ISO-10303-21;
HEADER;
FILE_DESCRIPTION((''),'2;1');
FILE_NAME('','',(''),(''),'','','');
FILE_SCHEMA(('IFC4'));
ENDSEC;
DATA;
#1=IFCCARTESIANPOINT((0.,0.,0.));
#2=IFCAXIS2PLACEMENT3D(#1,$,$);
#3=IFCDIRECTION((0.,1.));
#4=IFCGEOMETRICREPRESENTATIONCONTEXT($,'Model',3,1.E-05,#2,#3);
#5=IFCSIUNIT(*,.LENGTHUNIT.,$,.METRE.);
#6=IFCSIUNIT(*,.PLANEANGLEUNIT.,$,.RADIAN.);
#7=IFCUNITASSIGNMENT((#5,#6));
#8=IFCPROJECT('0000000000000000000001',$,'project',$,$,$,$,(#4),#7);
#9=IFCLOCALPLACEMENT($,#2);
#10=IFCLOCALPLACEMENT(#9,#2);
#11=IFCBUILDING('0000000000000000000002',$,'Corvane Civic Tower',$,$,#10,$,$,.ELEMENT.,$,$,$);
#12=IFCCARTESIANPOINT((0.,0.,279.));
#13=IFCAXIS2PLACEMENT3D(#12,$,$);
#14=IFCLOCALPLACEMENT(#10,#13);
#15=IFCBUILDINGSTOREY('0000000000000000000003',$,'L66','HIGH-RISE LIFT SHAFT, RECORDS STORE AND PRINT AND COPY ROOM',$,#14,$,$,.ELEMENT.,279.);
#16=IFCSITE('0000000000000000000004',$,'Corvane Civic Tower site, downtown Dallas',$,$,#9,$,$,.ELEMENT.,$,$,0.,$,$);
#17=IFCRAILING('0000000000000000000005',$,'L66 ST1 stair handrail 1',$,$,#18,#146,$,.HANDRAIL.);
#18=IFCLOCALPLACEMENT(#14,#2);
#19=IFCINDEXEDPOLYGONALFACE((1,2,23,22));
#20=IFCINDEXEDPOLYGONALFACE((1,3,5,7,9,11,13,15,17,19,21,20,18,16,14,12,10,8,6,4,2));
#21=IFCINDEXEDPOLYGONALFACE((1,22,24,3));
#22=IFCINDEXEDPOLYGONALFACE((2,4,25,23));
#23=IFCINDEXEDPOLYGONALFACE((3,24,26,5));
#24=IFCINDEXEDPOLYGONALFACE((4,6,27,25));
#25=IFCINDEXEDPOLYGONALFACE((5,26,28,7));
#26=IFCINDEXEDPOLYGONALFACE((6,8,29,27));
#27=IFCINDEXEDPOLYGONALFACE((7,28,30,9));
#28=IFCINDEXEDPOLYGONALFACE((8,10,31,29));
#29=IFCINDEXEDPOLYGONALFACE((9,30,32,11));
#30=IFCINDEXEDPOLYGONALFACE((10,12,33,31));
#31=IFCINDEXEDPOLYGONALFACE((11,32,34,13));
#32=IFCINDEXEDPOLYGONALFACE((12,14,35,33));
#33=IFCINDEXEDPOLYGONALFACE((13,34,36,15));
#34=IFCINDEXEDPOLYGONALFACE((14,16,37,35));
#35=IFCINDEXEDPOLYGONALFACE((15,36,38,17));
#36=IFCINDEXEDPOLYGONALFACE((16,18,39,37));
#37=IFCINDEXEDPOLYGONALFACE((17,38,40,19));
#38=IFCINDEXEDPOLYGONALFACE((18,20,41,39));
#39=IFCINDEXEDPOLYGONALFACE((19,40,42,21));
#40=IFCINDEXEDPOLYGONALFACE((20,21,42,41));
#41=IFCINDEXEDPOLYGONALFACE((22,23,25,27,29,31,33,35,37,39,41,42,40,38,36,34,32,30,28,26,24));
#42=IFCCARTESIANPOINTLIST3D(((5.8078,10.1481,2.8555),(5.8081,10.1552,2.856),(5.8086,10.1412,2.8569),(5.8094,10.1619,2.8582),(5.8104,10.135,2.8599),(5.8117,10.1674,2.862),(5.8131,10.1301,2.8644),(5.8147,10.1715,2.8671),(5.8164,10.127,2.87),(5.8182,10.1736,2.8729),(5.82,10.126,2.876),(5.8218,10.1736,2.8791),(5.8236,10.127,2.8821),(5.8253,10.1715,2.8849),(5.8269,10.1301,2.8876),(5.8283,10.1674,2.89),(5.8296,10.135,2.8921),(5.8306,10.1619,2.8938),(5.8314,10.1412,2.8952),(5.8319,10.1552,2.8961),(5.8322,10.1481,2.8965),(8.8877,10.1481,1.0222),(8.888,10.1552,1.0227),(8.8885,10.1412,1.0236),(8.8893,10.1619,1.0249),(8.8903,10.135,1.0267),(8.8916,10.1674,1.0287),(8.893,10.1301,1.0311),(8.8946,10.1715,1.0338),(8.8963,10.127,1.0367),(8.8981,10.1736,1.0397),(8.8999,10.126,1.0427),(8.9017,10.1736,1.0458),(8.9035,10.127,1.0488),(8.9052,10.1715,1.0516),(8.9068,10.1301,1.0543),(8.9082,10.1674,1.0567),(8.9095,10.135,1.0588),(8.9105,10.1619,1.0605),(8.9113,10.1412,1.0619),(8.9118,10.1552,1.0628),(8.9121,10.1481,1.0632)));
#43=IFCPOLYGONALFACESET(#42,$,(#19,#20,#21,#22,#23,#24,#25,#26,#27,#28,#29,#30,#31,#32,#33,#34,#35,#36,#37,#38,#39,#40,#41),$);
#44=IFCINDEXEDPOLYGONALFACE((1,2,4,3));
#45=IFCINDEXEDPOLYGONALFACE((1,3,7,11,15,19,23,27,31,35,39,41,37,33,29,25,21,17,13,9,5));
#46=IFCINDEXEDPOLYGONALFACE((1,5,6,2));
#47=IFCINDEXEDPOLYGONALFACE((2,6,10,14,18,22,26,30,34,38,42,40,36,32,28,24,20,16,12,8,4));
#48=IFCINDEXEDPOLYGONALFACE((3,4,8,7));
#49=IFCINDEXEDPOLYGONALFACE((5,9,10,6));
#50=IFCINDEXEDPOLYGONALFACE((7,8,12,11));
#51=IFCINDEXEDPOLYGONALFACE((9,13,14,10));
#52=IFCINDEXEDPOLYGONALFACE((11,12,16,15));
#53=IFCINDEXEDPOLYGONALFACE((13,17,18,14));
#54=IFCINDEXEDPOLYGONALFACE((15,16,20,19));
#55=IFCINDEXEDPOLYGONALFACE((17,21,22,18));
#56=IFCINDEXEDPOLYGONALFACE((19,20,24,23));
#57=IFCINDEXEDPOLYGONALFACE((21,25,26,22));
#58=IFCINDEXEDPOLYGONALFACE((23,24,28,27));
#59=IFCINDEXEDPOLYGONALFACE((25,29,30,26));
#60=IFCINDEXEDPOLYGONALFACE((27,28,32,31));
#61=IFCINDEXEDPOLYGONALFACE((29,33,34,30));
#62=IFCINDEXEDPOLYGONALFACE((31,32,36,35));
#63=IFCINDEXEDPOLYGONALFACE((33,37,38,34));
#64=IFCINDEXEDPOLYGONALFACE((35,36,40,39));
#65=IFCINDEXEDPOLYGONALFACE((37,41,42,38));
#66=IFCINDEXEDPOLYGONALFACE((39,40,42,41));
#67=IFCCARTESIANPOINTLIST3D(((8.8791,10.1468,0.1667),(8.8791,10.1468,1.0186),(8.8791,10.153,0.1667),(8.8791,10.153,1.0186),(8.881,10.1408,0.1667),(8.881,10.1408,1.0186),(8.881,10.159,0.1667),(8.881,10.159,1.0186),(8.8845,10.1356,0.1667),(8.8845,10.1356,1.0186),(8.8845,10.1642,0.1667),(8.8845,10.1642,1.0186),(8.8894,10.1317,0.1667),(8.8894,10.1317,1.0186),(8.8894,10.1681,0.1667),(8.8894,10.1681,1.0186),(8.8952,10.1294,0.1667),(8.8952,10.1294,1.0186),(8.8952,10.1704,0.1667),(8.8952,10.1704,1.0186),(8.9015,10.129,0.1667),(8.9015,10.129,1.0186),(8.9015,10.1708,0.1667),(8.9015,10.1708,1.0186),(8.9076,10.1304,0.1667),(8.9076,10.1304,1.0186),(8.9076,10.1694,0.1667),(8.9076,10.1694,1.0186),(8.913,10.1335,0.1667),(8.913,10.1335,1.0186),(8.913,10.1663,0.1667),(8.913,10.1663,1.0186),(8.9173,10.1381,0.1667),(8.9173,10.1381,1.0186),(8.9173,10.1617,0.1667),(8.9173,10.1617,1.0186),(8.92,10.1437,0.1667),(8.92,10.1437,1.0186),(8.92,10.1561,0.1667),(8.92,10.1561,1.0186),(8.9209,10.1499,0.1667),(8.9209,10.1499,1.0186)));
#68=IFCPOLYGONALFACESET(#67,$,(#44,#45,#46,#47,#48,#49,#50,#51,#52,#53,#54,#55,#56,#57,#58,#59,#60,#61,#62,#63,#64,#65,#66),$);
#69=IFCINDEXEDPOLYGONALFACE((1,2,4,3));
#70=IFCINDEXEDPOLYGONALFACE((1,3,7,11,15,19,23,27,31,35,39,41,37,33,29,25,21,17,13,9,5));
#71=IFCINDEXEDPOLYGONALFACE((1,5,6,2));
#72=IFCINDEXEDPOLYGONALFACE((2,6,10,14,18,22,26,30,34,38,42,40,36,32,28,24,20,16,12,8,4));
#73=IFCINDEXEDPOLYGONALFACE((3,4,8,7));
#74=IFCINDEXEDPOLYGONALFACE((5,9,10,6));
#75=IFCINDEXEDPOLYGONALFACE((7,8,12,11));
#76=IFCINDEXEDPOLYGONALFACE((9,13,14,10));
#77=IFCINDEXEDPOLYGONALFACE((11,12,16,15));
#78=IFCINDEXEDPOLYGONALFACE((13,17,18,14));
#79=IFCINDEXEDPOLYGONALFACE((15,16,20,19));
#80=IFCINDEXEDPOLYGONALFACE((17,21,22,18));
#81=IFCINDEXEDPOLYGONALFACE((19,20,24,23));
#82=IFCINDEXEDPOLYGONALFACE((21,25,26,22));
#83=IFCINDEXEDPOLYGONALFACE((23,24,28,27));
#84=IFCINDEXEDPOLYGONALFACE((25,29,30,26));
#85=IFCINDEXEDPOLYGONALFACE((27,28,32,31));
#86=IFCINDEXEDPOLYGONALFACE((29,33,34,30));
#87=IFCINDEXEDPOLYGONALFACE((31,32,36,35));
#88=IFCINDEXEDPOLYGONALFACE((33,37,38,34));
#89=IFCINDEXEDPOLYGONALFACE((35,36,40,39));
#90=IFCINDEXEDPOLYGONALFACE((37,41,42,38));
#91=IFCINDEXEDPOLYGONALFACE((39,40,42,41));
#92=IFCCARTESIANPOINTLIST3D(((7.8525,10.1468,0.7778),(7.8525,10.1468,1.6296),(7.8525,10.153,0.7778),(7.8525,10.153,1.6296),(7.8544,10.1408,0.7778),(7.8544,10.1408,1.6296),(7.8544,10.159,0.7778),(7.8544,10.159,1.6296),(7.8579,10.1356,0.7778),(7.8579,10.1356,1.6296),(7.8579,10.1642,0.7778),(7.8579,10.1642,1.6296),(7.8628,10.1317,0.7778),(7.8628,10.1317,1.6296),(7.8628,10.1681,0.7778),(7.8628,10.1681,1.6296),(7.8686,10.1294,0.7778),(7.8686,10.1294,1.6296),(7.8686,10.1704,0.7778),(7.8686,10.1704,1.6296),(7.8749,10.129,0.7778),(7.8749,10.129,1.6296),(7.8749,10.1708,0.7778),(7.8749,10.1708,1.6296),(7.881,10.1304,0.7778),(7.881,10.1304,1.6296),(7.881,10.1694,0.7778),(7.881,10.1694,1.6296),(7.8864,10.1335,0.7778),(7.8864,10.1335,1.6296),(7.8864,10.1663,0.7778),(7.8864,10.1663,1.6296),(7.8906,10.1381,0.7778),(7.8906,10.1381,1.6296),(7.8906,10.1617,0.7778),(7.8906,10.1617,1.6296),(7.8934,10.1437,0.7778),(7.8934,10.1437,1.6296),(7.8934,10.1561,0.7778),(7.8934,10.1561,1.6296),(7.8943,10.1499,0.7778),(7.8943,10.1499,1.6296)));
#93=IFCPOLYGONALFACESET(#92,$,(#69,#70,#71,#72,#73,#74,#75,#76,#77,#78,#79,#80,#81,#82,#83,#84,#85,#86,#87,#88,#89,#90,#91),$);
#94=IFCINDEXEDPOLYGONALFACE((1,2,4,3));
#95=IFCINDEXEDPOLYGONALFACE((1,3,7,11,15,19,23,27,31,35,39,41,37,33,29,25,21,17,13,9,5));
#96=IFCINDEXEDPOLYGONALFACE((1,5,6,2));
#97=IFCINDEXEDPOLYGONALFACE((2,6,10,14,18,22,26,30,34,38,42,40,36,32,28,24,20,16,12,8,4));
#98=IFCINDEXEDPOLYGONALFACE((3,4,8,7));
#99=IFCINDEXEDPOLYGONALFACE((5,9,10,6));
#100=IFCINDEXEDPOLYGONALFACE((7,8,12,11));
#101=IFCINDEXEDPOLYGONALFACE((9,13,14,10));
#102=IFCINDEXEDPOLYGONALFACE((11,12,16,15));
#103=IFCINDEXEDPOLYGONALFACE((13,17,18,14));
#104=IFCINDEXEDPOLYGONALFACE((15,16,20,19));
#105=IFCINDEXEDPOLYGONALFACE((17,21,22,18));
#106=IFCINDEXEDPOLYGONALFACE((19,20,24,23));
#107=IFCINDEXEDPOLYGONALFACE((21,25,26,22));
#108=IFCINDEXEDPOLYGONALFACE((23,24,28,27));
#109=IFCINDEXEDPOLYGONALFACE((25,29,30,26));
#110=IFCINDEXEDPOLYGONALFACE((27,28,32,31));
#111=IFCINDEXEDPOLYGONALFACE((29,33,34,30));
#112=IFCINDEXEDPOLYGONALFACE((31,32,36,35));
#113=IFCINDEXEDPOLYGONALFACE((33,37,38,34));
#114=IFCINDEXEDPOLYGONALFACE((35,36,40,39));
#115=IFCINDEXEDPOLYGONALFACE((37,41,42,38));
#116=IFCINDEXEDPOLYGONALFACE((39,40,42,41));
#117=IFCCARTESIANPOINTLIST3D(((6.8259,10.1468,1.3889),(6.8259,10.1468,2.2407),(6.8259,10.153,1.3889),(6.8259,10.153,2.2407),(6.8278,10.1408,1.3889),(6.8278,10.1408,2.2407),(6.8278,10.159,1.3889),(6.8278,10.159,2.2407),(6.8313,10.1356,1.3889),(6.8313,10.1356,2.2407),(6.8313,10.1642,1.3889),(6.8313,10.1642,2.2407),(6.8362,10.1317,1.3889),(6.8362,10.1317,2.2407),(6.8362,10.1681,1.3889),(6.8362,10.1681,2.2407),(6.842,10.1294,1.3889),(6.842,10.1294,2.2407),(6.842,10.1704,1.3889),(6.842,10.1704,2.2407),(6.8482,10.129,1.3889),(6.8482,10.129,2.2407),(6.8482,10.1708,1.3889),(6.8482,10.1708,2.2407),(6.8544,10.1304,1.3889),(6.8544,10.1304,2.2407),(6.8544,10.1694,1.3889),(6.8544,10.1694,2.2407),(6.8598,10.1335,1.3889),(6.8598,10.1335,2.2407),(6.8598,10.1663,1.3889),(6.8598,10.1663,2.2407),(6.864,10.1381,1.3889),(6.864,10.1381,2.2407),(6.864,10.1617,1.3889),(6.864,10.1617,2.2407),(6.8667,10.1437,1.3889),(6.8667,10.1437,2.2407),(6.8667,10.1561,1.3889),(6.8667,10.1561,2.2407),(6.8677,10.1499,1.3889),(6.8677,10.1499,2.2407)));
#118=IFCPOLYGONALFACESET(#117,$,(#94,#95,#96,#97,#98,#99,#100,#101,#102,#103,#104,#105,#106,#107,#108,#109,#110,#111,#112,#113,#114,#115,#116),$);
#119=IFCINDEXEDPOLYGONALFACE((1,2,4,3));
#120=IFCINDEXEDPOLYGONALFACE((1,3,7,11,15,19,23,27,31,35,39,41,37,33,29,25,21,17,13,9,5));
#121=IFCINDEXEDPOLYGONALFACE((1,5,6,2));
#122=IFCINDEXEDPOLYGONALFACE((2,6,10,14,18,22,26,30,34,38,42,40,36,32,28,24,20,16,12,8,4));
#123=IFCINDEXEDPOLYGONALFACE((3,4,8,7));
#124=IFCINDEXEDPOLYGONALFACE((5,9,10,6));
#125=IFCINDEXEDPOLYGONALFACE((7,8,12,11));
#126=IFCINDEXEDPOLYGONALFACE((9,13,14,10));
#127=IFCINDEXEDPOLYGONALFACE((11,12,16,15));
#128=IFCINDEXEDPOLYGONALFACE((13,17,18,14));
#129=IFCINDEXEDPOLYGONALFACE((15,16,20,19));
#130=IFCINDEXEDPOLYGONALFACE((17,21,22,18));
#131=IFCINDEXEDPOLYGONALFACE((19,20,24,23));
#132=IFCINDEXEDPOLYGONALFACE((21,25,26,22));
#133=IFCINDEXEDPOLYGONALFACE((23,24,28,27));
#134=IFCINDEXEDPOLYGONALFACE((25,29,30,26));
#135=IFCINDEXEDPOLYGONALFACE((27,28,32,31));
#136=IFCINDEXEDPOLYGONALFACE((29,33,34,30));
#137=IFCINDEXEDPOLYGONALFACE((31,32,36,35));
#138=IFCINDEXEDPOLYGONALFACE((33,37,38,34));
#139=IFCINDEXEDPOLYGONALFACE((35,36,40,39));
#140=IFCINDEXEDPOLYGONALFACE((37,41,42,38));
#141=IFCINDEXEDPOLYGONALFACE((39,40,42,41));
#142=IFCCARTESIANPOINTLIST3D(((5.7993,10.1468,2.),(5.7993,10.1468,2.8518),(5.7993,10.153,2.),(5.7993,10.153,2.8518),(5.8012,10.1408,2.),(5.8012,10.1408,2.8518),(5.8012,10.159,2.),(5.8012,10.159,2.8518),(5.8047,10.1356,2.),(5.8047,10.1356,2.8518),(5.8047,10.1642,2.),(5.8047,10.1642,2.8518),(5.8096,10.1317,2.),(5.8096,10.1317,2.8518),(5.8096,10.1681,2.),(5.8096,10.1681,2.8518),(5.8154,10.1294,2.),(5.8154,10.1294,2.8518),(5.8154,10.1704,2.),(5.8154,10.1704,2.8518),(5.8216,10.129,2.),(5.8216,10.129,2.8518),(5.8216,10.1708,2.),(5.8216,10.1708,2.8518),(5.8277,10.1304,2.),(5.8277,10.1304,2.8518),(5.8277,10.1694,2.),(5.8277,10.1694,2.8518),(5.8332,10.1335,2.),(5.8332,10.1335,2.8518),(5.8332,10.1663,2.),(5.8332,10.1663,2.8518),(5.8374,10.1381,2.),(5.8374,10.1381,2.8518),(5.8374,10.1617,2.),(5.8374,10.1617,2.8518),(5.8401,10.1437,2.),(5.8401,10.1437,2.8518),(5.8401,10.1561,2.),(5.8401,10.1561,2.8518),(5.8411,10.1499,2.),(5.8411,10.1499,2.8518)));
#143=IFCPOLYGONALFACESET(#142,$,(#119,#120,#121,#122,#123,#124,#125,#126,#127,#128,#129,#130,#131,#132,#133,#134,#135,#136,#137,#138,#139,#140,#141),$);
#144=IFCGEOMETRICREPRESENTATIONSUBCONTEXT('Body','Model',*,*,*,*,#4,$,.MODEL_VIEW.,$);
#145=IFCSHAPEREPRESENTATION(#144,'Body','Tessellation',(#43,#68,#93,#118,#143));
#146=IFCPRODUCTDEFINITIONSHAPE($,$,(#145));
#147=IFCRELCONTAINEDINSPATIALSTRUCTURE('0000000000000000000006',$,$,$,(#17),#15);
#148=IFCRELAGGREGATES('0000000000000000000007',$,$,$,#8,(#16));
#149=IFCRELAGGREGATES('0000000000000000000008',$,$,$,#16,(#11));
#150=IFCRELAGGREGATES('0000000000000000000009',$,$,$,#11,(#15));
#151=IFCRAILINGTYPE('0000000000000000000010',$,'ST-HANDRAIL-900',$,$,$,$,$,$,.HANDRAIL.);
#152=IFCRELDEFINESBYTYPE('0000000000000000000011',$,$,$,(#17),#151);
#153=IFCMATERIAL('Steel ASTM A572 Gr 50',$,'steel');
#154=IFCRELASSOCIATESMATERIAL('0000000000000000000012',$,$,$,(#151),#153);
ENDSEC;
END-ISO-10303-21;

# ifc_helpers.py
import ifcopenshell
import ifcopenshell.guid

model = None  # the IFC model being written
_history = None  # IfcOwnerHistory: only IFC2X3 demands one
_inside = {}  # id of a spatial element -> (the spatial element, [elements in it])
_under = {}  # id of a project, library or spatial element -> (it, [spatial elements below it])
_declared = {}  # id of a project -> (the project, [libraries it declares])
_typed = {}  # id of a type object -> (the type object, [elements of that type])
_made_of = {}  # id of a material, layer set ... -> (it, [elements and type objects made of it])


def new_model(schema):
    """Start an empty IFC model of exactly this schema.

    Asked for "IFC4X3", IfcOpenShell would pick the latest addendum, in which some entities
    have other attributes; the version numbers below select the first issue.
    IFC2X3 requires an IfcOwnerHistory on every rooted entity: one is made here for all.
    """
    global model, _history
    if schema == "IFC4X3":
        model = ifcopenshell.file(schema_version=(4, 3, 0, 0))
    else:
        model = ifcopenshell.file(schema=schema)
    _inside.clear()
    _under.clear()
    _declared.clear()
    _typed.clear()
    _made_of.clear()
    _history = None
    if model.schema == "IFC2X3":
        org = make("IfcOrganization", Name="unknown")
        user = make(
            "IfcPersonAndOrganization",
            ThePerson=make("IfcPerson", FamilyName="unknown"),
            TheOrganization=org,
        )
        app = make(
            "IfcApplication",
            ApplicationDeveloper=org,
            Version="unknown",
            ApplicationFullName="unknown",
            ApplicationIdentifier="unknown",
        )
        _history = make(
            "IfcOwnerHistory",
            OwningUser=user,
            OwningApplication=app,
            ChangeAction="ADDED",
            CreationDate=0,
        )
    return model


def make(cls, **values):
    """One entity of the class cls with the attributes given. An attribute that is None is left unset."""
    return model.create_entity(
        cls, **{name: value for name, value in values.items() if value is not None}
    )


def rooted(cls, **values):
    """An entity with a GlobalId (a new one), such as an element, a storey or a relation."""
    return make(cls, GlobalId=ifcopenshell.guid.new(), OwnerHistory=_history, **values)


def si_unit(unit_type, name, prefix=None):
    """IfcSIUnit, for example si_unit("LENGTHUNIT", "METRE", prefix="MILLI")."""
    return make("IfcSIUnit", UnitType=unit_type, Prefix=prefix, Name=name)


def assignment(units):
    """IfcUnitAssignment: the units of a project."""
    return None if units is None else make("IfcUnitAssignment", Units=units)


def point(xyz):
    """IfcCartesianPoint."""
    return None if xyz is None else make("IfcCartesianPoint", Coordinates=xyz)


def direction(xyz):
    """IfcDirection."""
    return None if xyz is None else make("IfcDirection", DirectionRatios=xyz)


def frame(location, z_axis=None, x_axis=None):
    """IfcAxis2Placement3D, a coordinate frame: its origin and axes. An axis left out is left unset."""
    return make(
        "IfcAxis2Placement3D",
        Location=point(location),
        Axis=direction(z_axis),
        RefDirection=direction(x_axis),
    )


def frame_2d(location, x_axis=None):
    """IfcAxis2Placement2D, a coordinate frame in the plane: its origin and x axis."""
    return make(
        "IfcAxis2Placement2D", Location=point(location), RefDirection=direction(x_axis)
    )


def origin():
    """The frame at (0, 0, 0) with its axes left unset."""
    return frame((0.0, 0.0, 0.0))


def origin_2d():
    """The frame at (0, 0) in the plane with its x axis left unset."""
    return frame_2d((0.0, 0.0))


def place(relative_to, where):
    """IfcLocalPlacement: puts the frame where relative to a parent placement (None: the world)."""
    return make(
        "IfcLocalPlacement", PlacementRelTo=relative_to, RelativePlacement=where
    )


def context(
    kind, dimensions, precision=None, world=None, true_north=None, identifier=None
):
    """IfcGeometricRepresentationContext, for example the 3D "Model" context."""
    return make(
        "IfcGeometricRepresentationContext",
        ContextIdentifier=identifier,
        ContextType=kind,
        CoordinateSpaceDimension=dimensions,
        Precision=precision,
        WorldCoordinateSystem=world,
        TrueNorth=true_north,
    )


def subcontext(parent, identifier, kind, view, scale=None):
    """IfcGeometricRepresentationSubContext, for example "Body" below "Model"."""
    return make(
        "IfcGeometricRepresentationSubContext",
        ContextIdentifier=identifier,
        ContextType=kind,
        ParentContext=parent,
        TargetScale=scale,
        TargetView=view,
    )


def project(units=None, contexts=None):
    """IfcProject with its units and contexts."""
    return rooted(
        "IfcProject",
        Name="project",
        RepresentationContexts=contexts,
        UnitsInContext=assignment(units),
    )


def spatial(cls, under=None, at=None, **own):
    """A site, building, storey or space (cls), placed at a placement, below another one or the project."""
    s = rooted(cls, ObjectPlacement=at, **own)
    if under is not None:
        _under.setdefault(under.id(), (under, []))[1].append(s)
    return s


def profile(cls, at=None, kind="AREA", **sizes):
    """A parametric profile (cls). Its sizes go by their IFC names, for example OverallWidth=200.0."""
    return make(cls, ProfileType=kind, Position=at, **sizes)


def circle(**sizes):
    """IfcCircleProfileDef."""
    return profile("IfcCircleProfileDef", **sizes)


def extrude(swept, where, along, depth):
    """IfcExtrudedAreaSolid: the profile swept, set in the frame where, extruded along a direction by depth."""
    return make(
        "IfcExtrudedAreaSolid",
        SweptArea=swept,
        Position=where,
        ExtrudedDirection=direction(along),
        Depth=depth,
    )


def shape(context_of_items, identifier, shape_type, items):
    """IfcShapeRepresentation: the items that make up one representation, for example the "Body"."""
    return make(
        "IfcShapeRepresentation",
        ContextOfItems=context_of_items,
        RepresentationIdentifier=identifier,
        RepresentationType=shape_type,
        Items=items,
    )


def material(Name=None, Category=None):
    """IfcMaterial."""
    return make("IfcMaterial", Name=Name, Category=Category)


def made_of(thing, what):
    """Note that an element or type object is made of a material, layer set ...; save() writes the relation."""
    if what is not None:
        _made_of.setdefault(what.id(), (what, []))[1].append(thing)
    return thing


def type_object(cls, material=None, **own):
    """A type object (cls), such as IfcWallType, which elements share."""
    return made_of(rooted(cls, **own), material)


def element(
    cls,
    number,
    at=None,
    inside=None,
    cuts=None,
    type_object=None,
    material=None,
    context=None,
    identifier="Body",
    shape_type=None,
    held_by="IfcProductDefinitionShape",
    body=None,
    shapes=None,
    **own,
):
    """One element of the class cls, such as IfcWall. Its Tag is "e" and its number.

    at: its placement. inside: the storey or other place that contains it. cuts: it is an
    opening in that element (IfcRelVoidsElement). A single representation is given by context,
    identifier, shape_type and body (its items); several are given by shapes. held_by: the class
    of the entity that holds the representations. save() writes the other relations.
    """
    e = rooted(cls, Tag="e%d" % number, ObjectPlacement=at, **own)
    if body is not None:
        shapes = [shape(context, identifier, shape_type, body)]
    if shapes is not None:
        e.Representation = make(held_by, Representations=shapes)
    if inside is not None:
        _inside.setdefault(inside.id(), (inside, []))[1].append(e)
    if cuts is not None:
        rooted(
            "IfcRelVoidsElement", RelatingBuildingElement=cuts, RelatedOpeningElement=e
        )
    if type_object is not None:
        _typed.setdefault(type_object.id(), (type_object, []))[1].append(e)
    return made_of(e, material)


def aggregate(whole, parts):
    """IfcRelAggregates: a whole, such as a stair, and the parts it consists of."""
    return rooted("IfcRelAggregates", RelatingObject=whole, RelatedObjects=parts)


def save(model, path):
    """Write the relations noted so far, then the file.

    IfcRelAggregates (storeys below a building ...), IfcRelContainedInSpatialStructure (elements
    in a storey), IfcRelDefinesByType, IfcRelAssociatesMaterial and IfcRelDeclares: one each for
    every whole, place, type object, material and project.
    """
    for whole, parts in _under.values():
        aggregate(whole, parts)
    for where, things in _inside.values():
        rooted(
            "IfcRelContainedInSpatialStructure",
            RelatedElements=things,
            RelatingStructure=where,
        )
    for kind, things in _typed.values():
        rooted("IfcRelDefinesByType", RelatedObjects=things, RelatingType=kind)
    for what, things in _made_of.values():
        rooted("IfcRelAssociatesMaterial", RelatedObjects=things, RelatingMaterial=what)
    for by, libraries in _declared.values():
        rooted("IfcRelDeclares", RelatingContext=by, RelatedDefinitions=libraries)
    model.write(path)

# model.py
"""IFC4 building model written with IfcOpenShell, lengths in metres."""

from ifc_helpers import new_model, si_unit, direction, frame, origin, origin_2d, place, context, subcontext, project, spatial, circle, extrude, material, type_object, element, save


model = new_model("IFC4")

# Units and contexts
model_context = context("Model", 3, precision=1e-05, world=origin(), true_north=direction((0.0, 1.0)))
body_context = subcontext(model_context, "Body", "Model", "MODEL_VIEW")
ifc_project = project(units=[si_unit("LENGTHUNIT", "METRE"), si_unit("PLANEANGLEUNIT", "RADIAN")], contexts=[model_context])

# Site, building, storey
site_placement = place(None, origin())
site = spatial("IfcSite", under=ifc_project, at=site_placement, Name="Corvane Civic Tower site, downtown Dallas", CompositionType="ELEMENT", RefElevation=0.0)
building_placement = place(site_placement, origin())
building = spatial("IfcBuilding", under=site, at=building_placement, Name="Corvane Civic Tower", CompositionType="ELEMENT")
storey_placement = place(building_placement, frame((0.0, 0.0, 279.0)))
storey = spatial("IfcBuildingStorey", under=building, at=storey_placement, Name="L66", Description="HIGH-RISE LIFT SHAFT, RECORDS STORE AND PRINT AND COPY ROOM", CompositionType="ELEMENT", Elevation=279.0)

# Railing
ifc_material_1 = material(Name="Steel ASTM A572 Gr 50", Category="steel")
railing_type_1 = type_object("IfcRailingType", Name="ST-HANDRAIL-900", PredefinedType="HANDRAIL", material=ifc_material_1)
railing_1_placement = place(storey_placement, frame((8.8999, 10.1499, 0.1667)))
element("IfcRailing", 1, at=railing_1_placement, inside=storey, type_object=railing_type_1, Name="L66 ST1 stair handrail 1", PredefinedType="HANDRAIL", context=body_context, shape_type="SweptSolid", body=[
    extrude(circle(Radius=0.0239, at=origin_2d()), frame((0.0, 0.0, 0.876), z_axis=(-0.859291, 0.0, 0.511487), x_axis=(0.0, -1.0, 0.0)), (0.0, 0.0, 1.0), 3.5842),
    extrude(circle(Radius=0.021, at=origin_2d()), origin(), (0.0, 0.0, 1.0), 0.8518),
    extrude(circle(Radius=0.021, at=origin_2d()), frame((-1.0266, 0.0, 0.6111)), (0.0, 0.0, 1.0), 0.8518),
    extrude(circle(Radius=0.021, at=origin_2d()), frame((-2.0532, 0.0, 1.2222)), (0.0, 0.0, 1.0), 0.8518),
    extrude(circle(Radius=0.021, at=origin_2d()), frame((-3.0798, 0.0, 1.8333)), (0.0, 0.0, 1.0), 0.8518),
])

save(model, "model.ifc")
